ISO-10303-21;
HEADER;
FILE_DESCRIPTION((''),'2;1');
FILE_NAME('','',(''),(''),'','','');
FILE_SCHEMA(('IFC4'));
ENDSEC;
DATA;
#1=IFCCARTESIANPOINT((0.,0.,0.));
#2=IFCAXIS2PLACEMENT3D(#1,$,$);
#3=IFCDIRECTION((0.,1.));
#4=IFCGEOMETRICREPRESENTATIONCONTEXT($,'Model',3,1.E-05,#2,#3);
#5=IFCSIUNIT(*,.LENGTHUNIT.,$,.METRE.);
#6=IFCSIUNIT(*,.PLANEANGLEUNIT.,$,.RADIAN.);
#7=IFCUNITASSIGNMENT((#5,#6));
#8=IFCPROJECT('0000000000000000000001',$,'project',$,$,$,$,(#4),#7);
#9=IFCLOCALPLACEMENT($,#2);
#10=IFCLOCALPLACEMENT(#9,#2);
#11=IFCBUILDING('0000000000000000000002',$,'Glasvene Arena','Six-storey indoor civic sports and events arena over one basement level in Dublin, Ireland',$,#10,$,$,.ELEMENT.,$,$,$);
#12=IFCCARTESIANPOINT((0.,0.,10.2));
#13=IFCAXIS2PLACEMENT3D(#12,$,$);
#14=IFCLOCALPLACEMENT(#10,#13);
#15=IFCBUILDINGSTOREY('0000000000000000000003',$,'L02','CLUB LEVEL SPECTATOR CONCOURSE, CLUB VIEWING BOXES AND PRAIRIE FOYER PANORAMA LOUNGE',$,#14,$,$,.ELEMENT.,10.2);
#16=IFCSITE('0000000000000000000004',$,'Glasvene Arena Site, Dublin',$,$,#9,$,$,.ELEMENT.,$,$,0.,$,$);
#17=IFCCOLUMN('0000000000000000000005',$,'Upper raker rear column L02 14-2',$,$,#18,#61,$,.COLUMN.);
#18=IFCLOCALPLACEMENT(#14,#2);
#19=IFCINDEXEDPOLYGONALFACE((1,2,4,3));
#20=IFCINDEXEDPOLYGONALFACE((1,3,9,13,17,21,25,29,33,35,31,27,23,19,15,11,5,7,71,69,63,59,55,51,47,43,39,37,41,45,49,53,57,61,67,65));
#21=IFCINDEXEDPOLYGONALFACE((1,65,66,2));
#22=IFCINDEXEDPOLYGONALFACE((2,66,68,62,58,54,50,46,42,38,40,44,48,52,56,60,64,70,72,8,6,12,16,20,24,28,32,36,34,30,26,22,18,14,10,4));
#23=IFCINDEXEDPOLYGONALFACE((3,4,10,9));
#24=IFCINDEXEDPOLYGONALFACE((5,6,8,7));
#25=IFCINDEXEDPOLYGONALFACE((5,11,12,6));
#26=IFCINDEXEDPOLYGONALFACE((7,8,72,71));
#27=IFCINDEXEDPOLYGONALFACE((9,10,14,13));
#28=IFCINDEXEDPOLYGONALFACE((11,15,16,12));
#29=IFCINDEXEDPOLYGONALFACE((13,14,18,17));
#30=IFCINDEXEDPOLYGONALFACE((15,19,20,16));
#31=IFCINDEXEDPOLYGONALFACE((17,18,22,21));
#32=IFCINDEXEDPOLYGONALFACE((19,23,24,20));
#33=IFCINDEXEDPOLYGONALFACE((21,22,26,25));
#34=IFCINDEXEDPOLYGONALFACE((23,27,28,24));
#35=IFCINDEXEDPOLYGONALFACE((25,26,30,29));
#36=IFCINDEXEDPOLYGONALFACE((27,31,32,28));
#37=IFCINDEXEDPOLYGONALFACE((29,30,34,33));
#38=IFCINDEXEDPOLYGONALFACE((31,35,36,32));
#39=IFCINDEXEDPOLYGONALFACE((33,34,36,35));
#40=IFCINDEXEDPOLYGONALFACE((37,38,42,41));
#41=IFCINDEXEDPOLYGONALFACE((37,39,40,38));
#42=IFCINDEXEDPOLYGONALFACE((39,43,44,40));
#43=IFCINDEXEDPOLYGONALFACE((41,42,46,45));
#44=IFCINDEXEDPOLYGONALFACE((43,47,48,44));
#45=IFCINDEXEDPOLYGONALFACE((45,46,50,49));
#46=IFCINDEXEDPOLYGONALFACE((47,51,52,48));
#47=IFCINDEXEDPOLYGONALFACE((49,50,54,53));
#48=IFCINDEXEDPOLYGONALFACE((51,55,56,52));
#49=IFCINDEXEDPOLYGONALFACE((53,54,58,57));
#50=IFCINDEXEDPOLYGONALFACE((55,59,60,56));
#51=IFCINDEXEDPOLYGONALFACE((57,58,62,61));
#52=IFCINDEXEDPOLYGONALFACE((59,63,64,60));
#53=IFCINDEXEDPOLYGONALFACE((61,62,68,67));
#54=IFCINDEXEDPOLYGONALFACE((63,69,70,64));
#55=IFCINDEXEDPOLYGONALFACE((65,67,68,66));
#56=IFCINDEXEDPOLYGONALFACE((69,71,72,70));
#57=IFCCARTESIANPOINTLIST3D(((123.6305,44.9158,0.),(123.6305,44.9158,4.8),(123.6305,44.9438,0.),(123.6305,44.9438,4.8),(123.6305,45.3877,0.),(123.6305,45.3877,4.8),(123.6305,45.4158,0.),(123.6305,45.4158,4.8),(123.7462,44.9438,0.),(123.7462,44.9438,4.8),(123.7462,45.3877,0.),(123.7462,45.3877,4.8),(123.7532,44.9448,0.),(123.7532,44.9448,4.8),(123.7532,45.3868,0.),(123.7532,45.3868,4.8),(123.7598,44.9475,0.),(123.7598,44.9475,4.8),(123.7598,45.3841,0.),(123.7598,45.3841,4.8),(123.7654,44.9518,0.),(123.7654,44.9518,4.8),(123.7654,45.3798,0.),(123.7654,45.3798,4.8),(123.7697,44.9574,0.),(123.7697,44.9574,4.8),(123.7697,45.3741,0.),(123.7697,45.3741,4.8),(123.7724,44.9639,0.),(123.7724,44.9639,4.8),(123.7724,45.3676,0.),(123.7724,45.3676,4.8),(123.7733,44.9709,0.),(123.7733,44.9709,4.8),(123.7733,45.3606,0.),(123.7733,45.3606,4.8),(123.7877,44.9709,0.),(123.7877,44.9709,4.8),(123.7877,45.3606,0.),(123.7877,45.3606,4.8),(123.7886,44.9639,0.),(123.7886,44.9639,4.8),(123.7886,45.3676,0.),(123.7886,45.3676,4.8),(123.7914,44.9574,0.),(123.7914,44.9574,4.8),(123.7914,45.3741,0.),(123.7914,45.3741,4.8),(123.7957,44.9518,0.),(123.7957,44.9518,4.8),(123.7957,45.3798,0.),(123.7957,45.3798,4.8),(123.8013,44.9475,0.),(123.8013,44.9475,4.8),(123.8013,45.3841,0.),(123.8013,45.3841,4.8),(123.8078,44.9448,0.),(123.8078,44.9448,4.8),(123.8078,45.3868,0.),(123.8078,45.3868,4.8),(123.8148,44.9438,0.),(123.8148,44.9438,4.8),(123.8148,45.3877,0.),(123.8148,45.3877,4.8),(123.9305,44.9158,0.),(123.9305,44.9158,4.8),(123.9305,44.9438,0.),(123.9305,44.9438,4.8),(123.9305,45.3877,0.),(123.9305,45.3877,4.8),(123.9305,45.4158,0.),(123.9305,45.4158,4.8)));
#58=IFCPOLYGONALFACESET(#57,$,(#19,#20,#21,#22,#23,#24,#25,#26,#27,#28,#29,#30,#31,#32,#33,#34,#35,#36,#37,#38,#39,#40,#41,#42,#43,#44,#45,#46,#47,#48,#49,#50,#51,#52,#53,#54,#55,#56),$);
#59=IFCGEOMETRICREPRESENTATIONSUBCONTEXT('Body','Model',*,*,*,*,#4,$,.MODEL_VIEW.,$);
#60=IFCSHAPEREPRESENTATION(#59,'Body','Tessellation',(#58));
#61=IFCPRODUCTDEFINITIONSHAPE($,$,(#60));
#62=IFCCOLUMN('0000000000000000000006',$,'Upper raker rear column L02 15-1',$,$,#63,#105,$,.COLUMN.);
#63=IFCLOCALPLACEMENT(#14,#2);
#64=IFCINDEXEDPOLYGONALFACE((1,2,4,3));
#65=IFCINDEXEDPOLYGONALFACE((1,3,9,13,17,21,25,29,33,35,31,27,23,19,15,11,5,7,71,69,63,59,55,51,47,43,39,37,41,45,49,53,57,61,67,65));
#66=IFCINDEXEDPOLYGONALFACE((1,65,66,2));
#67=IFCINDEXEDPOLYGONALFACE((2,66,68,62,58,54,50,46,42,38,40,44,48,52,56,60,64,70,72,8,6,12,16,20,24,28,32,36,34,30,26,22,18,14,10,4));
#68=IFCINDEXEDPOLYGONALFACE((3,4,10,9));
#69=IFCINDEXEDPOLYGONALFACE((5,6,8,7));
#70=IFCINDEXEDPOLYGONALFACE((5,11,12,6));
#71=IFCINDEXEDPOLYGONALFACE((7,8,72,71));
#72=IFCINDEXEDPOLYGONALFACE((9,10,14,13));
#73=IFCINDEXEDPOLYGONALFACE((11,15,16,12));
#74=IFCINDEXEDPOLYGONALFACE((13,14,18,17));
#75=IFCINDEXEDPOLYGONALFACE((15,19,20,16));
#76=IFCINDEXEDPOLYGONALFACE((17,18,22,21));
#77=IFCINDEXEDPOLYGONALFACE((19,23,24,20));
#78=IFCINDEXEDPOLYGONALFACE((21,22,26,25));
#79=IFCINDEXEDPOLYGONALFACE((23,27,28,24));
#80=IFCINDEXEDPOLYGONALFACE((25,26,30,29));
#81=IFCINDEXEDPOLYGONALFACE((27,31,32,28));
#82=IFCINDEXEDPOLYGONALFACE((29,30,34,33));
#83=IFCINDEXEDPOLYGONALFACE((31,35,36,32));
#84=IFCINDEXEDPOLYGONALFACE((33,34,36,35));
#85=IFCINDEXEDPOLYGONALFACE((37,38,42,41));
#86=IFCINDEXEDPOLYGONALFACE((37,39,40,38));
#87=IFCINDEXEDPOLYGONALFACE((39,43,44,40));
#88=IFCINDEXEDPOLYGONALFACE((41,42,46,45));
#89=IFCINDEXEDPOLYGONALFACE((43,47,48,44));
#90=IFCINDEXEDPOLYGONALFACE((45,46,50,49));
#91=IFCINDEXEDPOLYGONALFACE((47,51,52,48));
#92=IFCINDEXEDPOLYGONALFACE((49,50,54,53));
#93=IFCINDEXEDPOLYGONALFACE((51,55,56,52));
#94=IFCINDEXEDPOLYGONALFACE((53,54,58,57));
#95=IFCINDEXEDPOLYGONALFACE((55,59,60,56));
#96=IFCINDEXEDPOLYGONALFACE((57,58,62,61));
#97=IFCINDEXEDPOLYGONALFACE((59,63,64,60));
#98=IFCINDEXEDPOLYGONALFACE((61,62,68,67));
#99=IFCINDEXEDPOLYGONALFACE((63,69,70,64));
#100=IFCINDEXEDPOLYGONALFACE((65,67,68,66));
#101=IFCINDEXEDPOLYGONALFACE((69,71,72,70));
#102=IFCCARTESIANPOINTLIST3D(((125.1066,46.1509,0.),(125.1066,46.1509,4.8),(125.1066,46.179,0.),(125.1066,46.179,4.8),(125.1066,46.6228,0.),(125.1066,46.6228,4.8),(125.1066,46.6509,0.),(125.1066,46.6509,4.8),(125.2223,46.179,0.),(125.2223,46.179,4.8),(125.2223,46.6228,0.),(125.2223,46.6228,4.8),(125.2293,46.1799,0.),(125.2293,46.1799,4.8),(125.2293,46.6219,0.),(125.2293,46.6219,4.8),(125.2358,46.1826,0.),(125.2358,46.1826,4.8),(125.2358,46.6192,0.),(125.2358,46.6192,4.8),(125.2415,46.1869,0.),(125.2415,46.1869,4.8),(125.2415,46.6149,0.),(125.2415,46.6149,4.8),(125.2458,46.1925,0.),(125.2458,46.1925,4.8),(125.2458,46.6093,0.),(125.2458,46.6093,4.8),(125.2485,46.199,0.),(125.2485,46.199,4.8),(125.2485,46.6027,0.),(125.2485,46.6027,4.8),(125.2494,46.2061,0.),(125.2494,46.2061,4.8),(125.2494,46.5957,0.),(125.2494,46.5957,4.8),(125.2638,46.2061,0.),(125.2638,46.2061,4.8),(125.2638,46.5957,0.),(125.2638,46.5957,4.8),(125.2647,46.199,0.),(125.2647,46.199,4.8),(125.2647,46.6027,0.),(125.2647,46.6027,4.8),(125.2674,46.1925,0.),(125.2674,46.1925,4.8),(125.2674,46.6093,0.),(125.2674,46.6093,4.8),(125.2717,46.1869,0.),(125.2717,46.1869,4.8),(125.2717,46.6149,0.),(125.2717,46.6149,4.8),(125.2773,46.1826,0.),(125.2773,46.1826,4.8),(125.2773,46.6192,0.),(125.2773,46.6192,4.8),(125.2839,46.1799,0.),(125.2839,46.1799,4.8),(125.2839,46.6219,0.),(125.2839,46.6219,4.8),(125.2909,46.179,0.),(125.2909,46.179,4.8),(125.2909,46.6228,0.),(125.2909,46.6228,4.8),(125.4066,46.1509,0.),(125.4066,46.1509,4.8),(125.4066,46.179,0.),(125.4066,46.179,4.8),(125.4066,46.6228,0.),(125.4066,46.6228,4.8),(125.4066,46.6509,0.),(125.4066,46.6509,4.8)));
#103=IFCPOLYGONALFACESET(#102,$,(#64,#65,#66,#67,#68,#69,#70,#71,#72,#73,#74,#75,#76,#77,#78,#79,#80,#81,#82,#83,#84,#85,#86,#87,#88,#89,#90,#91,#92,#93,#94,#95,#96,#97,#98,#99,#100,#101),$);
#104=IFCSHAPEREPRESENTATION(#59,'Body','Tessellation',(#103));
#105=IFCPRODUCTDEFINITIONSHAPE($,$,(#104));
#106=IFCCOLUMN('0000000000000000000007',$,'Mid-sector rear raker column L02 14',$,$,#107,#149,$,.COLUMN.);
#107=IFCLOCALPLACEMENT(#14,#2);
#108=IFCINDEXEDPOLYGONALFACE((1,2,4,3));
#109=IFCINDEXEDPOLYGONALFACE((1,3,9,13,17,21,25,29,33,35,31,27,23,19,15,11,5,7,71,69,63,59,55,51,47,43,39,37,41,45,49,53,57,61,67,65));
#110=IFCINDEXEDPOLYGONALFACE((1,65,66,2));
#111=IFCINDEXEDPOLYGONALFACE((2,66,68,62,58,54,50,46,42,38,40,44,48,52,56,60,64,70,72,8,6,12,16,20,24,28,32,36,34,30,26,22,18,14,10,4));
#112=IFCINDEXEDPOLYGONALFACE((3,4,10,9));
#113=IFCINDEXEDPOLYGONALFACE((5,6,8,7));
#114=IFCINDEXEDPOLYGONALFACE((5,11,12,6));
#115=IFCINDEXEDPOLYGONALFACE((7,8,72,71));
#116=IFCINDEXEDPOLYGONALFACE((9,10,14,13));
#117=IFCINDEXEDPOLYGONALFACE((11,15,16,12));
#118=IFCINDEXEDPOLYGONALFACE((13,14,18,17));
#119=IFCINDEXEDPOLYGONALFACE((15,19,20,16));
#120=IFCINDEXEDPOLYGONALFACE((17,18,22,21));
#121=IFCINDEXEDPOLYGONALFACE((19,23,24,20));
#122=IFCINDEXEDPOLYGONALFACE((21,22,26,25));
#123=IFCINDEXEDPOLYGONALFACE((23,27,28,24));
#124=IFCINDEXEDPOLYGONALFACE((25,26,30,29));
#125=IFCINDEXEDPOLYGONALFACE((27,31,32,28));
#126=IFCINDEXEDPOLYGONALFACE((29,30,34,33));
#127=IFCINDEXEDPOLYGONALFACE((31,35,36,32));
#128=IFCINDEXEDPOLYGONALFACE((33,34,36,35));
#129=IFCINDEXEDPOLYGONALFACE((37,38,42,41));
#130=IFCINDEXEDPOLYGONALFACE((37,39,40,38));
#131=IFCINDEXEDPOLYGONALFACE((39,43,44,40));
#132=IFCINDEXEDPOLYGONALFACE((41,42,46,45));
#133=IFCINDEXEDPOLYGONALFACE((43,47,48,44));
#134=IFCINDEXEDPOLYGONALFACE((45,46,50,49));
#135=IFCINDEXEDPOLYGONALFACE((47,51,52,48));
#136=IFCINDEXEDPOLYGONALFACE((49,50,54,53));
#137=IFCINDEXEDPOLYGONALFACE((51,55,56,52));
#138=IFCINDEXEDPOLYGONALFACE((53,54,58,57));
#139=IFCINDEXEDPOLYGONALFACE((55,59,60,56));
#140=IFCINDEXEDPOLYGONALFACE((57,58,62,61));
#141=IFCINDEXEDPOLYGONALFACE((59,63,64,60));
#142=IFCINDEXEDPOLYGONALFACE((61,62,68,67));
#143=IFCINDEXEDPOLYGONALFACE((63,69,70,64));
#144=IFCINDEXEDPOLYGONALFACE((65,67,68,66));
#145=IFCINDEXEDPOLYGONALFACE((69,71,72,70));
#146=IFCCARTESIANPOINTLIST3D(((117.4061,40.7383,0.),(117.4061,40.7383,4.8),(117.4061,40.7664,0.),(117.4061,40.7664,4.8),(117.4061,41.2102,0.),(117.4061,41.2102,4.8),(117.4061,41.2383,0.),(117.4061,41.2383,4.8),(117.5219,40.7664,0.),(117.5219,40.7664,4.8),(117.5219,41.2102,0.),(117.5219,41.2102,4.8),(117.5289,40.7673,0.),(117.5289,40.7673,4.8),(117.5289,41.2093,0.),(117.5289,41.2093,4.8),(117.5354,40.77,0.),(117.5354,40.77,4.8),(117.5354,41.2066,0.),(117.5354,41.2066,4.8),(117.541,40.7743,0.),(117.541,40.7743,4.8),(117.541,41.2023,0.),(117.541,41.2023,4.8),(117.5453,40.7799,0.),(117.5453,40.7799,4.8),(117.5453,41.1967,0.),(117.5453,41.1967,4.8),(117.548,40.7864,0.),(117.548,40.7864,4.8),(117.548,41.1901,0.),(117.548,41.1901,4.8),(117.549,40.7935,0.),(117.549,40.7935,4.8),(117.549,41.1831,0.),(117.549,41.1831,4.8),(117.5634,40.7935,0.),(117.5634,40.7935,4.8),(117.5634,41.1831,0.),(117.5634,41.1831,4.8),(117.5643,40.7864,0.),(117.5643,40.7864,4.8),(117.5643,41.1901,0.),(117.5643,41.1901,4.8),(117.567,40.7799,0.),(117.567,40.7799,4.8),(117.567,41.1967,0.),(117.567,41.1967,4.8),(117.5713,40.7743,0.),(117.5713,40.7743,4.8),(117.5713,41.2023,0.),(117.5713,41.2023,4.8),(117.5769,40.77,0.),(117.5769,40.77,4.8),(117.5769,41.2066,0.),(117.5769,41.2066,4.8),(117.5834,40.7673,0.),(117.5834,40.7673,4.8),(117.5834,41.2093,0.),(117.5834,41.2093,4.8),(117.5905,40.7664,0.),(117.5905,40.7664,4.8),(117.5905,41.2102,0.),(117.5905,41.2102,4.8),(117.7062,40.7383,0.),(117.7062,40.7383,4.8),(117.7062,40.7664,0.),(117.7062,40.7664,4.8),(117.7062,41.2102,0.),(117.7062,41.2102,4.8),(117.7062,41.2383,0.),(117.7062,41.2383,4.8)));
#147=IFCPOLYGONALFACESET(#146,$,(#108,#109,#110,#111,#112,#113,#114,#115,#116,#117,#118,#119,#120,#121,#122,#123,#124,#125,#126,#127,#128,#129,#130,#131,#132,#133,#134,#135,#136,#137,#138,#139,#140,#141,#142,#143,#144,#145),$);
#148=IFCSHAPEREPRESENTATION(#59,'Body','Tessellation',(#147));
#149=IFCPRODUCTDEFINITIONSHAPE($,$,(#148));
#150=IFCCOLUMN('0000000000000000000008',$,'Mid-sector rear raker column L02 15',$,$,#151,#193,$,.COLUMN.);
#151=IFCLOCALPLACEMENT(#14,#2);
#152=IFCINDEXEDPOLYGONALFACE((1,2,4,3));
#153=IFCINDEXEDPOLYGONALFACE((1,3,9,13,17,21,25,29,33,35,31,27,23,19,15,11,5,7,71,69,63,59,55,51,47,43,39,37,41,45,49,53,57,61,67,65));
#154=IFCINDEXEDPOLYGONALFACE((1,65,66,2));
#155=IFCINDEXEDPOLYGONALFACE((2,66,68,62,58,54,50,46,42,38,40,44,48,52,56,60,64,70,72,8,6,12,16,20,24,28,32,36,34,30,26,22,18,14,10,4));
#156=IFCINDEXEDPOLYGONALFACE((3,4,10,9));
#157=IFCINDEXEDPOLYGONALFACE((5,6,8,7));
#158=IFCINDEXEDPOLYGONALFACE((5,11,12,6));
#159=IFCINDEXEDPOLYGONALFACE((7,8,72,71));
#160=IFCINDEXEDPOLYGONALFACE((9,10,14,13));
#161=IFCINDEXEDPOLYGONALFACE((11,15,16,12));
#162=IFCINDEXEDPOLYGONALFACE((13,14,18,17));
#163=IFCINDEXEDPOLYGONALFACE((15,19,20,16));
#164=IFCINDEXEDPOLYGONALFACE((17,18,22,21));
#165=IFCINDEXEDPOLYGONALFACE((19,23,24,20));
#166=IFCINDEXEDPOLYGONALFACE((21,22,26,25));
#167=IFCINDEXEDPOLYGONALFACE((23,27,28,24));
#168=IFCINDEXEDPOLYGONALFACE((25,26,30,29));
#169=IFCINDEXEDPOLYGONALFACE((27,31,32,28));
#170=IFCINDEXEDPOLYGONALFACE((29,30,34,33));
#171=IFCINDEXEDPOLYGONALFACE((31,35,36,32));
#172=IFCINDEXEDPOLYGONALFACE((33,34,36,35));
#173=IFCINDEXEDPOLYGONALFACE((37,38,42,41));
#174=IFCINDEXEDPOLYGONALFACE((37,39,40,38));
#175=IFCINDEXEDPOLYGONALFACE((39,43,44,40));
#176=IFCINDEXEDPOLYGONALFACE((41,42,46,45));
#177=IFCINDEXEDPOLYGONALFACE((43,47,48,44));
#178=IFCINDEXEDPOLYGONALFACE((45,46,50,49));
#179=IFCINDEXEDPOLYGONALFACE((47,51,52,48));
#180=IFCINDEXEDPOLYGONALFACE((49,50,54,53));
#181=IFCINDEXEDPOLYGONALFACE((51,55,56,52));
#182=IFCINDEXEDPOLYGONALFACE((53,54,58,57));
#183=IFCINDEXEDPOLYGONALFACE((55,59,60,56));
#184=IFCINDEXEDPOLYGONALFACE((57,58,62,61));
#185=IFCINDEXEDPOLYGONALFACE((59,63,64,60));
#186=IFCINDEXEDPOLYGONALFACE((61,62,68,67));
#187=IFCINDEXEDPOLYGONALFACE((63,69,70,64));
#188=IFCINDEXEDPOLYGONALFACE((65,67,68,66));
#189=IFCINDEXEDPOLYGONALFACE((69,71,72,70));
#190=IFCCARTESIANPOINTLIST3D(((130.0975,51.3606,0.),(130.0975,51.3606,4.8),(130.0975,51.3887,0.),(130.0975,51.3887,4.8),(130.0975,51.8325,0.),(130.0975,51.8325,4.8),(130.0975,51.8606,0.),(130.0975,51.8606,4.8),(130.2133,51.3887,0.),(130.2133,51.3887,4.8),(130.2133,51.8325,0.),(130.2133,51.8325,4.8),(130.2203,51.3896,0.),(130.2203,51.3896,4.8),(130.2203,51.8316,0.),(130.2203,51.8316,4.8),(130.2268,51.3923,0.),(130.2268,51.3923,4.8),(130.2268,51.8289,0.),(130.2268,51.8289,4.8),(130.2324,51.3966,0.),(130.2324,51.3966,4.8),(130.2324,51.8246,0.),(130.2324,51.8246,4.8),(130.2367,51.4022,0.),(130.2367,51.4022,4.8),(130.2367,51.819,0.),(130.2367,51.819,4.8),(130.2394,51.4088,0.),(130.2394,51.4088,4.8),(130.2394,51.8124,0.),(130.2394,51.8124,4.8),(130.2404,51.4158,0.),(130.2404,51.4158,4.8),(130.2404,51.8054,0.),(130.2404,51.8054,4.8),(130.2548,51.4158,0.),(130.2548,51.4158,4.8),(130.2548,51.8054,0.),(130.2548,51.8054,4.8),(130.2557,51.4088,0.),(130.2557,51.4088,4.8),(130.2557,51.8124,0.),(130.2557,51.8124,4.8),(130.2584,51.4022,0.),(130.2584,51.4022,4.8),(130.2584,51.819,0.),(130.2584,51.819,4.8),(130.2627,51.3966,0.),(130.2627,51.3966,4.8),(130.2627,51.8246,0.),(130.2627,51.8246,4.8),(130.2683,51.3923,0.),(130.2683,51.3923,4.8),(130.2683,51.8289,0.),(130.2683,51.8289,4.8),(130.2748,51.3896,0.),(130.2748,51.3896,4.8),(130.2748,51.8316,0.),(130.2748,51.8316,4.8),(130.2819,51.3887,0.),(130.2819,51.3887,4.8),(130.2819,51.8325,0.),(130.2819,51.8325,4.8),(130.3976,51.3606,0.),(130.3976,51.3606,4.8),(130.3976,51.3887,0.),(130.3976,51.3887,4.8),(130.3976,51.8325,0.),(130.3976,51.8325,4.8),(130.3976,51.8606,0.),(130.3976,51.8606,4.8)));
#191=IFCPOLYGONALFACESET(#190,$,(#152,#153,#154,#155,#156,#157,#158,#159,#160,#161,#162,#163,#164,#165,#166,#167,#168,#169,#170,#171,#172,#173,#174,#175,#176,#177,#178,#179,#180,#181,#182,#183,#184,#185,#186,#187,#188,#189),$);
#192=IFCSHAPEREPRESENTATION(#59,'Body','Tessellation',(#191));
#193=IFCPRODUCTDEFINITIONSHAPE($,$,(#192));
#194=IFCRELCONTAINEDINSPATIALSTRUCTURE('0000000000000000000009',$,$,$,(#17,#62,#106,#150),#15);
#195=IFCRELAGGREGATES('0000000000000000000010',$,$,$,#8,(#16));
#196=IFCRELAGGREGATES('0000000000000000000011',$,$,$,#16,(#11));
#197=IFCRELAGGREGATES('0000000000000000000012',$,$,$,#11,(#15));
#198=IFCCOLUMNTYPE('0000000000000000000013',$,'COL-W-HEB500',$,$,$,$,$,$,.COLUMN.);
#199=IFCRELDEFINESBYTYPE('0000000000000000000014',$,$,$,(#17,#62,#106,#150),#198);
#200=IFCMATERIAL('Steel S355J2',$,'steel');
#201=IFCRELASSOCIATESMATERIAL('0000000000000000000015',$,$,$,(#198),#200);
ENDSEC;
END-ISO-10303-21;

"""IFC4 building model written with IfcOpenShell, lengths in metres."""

from ifc_helpers import new_model, si_unit, direction, frame, origin, origin_2d, place, context, subcontext, project, spatial, i_section, extrude, material, material_profile, profile_set, type_object, element, save


model = new_model("IFC4")

# Units and contexts
model_context = context("Model", 3, precision=1e-05, world=origin(), true_north=direction((0.0, 1.0)))
body_context = subcontext(model_context, "Body", "Model", "MODEL_VIEW")
ifc_project = project(units=[si_unit("LENGTHUNIT", "METRE"), si_unit("PLANEANGLEUNIT", "RADIAN")], contexts=[model_context])

# Site, building, storey
site_placement = place(None, origin())
site = spatial("IfcSite", under=ifc_project, at=site_placement, Name="Glasvene Arena Site, Dublin", CompositionType="ELEMENT", RefElevation=0.0)
building_placement = place(site_placement, origin())
building = spatial("IfcBuilding", under=site, at=building_placement, Name="Glasvene Arena", Description="Six-storey indoor civic sports and events arena over one basement level in Dublin, Ireland", CompositionType="ELEMENT")
storey_placement = place(building_placement, frame((0.0, 0.0, 10.2)))
storey = spatial("IfcBuildingStorey", under=building, at=storey_placement, Name="L02", Description="CLUB LEVEL SPECTATOR CONCOURSE, CLUB VIEWING BOXES AND PRAIRIE FOYER PANORAMA LOUNGE", CompositionType="ELEMENT", Elevation=10.2)

# Columns
ifc_material_1 = material(Name="Steel S355J2", Category="steel")
ifc_material_profile_1 = material_profile(ifc_material_1, i_section(OverallWidth=0.3, OverallDepth=0.5, WebThickness=0.0144, FlangeThickness=0.0281, FilletRadius=0.0271, at=origin_2d()), Name="HEB 500")
ifc_profile_set_1 = profile_set([ifc_material_profile_1], Name="Steel S355J2")
column_type_1 = type_object("IfcColumnType", Name="COL-W-HEB500", PredefinedType="COLUMN", material=ifc_profile_set_1)
for number, where, z_axis, x_axis, name in (
    (1, (123.7805, 45.1658, 0.0), (0.0, 0.0, 1.0), (1.0, 0.0, 0.0), "Upper raker rear column L02 14-2"),
    (2, (125.2566, 46.4009, 0.0), (0.0, 0.0, 1.0), (1.0, 0.0, 0.0), "Upper raker rear column L02 15-1"),
    (3, (117.5562, 40.9883, 0.0), (0.0, 0.0, 1.0), (1.0, 0.0, 0.0), "Mid-sector rear raker column L02 14"),
    (4, (130.2476, 51.6106, 0.0), (0.0, 0.0, 1.0), (1.0, 0.0, 0.0), "Mid-sector rear raker column L02 15"),
):
    element("IfcColumn", number, at=place(storey_placement, frame(where, z_axis=z_axis, x_axis=x_axis)), inside=storey, type_object=column_type_1, Name=name, PredefinedType="COLUMN", context=body_context, shape_type="SweptSolid", body=[
        extrude(i_section(OverallWidth=0.3, OverallDepth=0.5, WebThickness=0.0144, FlangeThickness=0.0281, FilletRadius=0.0271, at=origin_2d()), origin(), (0.0, 0.0, 1.0), 4.8),
    ])

save(model, "model.ifc")
